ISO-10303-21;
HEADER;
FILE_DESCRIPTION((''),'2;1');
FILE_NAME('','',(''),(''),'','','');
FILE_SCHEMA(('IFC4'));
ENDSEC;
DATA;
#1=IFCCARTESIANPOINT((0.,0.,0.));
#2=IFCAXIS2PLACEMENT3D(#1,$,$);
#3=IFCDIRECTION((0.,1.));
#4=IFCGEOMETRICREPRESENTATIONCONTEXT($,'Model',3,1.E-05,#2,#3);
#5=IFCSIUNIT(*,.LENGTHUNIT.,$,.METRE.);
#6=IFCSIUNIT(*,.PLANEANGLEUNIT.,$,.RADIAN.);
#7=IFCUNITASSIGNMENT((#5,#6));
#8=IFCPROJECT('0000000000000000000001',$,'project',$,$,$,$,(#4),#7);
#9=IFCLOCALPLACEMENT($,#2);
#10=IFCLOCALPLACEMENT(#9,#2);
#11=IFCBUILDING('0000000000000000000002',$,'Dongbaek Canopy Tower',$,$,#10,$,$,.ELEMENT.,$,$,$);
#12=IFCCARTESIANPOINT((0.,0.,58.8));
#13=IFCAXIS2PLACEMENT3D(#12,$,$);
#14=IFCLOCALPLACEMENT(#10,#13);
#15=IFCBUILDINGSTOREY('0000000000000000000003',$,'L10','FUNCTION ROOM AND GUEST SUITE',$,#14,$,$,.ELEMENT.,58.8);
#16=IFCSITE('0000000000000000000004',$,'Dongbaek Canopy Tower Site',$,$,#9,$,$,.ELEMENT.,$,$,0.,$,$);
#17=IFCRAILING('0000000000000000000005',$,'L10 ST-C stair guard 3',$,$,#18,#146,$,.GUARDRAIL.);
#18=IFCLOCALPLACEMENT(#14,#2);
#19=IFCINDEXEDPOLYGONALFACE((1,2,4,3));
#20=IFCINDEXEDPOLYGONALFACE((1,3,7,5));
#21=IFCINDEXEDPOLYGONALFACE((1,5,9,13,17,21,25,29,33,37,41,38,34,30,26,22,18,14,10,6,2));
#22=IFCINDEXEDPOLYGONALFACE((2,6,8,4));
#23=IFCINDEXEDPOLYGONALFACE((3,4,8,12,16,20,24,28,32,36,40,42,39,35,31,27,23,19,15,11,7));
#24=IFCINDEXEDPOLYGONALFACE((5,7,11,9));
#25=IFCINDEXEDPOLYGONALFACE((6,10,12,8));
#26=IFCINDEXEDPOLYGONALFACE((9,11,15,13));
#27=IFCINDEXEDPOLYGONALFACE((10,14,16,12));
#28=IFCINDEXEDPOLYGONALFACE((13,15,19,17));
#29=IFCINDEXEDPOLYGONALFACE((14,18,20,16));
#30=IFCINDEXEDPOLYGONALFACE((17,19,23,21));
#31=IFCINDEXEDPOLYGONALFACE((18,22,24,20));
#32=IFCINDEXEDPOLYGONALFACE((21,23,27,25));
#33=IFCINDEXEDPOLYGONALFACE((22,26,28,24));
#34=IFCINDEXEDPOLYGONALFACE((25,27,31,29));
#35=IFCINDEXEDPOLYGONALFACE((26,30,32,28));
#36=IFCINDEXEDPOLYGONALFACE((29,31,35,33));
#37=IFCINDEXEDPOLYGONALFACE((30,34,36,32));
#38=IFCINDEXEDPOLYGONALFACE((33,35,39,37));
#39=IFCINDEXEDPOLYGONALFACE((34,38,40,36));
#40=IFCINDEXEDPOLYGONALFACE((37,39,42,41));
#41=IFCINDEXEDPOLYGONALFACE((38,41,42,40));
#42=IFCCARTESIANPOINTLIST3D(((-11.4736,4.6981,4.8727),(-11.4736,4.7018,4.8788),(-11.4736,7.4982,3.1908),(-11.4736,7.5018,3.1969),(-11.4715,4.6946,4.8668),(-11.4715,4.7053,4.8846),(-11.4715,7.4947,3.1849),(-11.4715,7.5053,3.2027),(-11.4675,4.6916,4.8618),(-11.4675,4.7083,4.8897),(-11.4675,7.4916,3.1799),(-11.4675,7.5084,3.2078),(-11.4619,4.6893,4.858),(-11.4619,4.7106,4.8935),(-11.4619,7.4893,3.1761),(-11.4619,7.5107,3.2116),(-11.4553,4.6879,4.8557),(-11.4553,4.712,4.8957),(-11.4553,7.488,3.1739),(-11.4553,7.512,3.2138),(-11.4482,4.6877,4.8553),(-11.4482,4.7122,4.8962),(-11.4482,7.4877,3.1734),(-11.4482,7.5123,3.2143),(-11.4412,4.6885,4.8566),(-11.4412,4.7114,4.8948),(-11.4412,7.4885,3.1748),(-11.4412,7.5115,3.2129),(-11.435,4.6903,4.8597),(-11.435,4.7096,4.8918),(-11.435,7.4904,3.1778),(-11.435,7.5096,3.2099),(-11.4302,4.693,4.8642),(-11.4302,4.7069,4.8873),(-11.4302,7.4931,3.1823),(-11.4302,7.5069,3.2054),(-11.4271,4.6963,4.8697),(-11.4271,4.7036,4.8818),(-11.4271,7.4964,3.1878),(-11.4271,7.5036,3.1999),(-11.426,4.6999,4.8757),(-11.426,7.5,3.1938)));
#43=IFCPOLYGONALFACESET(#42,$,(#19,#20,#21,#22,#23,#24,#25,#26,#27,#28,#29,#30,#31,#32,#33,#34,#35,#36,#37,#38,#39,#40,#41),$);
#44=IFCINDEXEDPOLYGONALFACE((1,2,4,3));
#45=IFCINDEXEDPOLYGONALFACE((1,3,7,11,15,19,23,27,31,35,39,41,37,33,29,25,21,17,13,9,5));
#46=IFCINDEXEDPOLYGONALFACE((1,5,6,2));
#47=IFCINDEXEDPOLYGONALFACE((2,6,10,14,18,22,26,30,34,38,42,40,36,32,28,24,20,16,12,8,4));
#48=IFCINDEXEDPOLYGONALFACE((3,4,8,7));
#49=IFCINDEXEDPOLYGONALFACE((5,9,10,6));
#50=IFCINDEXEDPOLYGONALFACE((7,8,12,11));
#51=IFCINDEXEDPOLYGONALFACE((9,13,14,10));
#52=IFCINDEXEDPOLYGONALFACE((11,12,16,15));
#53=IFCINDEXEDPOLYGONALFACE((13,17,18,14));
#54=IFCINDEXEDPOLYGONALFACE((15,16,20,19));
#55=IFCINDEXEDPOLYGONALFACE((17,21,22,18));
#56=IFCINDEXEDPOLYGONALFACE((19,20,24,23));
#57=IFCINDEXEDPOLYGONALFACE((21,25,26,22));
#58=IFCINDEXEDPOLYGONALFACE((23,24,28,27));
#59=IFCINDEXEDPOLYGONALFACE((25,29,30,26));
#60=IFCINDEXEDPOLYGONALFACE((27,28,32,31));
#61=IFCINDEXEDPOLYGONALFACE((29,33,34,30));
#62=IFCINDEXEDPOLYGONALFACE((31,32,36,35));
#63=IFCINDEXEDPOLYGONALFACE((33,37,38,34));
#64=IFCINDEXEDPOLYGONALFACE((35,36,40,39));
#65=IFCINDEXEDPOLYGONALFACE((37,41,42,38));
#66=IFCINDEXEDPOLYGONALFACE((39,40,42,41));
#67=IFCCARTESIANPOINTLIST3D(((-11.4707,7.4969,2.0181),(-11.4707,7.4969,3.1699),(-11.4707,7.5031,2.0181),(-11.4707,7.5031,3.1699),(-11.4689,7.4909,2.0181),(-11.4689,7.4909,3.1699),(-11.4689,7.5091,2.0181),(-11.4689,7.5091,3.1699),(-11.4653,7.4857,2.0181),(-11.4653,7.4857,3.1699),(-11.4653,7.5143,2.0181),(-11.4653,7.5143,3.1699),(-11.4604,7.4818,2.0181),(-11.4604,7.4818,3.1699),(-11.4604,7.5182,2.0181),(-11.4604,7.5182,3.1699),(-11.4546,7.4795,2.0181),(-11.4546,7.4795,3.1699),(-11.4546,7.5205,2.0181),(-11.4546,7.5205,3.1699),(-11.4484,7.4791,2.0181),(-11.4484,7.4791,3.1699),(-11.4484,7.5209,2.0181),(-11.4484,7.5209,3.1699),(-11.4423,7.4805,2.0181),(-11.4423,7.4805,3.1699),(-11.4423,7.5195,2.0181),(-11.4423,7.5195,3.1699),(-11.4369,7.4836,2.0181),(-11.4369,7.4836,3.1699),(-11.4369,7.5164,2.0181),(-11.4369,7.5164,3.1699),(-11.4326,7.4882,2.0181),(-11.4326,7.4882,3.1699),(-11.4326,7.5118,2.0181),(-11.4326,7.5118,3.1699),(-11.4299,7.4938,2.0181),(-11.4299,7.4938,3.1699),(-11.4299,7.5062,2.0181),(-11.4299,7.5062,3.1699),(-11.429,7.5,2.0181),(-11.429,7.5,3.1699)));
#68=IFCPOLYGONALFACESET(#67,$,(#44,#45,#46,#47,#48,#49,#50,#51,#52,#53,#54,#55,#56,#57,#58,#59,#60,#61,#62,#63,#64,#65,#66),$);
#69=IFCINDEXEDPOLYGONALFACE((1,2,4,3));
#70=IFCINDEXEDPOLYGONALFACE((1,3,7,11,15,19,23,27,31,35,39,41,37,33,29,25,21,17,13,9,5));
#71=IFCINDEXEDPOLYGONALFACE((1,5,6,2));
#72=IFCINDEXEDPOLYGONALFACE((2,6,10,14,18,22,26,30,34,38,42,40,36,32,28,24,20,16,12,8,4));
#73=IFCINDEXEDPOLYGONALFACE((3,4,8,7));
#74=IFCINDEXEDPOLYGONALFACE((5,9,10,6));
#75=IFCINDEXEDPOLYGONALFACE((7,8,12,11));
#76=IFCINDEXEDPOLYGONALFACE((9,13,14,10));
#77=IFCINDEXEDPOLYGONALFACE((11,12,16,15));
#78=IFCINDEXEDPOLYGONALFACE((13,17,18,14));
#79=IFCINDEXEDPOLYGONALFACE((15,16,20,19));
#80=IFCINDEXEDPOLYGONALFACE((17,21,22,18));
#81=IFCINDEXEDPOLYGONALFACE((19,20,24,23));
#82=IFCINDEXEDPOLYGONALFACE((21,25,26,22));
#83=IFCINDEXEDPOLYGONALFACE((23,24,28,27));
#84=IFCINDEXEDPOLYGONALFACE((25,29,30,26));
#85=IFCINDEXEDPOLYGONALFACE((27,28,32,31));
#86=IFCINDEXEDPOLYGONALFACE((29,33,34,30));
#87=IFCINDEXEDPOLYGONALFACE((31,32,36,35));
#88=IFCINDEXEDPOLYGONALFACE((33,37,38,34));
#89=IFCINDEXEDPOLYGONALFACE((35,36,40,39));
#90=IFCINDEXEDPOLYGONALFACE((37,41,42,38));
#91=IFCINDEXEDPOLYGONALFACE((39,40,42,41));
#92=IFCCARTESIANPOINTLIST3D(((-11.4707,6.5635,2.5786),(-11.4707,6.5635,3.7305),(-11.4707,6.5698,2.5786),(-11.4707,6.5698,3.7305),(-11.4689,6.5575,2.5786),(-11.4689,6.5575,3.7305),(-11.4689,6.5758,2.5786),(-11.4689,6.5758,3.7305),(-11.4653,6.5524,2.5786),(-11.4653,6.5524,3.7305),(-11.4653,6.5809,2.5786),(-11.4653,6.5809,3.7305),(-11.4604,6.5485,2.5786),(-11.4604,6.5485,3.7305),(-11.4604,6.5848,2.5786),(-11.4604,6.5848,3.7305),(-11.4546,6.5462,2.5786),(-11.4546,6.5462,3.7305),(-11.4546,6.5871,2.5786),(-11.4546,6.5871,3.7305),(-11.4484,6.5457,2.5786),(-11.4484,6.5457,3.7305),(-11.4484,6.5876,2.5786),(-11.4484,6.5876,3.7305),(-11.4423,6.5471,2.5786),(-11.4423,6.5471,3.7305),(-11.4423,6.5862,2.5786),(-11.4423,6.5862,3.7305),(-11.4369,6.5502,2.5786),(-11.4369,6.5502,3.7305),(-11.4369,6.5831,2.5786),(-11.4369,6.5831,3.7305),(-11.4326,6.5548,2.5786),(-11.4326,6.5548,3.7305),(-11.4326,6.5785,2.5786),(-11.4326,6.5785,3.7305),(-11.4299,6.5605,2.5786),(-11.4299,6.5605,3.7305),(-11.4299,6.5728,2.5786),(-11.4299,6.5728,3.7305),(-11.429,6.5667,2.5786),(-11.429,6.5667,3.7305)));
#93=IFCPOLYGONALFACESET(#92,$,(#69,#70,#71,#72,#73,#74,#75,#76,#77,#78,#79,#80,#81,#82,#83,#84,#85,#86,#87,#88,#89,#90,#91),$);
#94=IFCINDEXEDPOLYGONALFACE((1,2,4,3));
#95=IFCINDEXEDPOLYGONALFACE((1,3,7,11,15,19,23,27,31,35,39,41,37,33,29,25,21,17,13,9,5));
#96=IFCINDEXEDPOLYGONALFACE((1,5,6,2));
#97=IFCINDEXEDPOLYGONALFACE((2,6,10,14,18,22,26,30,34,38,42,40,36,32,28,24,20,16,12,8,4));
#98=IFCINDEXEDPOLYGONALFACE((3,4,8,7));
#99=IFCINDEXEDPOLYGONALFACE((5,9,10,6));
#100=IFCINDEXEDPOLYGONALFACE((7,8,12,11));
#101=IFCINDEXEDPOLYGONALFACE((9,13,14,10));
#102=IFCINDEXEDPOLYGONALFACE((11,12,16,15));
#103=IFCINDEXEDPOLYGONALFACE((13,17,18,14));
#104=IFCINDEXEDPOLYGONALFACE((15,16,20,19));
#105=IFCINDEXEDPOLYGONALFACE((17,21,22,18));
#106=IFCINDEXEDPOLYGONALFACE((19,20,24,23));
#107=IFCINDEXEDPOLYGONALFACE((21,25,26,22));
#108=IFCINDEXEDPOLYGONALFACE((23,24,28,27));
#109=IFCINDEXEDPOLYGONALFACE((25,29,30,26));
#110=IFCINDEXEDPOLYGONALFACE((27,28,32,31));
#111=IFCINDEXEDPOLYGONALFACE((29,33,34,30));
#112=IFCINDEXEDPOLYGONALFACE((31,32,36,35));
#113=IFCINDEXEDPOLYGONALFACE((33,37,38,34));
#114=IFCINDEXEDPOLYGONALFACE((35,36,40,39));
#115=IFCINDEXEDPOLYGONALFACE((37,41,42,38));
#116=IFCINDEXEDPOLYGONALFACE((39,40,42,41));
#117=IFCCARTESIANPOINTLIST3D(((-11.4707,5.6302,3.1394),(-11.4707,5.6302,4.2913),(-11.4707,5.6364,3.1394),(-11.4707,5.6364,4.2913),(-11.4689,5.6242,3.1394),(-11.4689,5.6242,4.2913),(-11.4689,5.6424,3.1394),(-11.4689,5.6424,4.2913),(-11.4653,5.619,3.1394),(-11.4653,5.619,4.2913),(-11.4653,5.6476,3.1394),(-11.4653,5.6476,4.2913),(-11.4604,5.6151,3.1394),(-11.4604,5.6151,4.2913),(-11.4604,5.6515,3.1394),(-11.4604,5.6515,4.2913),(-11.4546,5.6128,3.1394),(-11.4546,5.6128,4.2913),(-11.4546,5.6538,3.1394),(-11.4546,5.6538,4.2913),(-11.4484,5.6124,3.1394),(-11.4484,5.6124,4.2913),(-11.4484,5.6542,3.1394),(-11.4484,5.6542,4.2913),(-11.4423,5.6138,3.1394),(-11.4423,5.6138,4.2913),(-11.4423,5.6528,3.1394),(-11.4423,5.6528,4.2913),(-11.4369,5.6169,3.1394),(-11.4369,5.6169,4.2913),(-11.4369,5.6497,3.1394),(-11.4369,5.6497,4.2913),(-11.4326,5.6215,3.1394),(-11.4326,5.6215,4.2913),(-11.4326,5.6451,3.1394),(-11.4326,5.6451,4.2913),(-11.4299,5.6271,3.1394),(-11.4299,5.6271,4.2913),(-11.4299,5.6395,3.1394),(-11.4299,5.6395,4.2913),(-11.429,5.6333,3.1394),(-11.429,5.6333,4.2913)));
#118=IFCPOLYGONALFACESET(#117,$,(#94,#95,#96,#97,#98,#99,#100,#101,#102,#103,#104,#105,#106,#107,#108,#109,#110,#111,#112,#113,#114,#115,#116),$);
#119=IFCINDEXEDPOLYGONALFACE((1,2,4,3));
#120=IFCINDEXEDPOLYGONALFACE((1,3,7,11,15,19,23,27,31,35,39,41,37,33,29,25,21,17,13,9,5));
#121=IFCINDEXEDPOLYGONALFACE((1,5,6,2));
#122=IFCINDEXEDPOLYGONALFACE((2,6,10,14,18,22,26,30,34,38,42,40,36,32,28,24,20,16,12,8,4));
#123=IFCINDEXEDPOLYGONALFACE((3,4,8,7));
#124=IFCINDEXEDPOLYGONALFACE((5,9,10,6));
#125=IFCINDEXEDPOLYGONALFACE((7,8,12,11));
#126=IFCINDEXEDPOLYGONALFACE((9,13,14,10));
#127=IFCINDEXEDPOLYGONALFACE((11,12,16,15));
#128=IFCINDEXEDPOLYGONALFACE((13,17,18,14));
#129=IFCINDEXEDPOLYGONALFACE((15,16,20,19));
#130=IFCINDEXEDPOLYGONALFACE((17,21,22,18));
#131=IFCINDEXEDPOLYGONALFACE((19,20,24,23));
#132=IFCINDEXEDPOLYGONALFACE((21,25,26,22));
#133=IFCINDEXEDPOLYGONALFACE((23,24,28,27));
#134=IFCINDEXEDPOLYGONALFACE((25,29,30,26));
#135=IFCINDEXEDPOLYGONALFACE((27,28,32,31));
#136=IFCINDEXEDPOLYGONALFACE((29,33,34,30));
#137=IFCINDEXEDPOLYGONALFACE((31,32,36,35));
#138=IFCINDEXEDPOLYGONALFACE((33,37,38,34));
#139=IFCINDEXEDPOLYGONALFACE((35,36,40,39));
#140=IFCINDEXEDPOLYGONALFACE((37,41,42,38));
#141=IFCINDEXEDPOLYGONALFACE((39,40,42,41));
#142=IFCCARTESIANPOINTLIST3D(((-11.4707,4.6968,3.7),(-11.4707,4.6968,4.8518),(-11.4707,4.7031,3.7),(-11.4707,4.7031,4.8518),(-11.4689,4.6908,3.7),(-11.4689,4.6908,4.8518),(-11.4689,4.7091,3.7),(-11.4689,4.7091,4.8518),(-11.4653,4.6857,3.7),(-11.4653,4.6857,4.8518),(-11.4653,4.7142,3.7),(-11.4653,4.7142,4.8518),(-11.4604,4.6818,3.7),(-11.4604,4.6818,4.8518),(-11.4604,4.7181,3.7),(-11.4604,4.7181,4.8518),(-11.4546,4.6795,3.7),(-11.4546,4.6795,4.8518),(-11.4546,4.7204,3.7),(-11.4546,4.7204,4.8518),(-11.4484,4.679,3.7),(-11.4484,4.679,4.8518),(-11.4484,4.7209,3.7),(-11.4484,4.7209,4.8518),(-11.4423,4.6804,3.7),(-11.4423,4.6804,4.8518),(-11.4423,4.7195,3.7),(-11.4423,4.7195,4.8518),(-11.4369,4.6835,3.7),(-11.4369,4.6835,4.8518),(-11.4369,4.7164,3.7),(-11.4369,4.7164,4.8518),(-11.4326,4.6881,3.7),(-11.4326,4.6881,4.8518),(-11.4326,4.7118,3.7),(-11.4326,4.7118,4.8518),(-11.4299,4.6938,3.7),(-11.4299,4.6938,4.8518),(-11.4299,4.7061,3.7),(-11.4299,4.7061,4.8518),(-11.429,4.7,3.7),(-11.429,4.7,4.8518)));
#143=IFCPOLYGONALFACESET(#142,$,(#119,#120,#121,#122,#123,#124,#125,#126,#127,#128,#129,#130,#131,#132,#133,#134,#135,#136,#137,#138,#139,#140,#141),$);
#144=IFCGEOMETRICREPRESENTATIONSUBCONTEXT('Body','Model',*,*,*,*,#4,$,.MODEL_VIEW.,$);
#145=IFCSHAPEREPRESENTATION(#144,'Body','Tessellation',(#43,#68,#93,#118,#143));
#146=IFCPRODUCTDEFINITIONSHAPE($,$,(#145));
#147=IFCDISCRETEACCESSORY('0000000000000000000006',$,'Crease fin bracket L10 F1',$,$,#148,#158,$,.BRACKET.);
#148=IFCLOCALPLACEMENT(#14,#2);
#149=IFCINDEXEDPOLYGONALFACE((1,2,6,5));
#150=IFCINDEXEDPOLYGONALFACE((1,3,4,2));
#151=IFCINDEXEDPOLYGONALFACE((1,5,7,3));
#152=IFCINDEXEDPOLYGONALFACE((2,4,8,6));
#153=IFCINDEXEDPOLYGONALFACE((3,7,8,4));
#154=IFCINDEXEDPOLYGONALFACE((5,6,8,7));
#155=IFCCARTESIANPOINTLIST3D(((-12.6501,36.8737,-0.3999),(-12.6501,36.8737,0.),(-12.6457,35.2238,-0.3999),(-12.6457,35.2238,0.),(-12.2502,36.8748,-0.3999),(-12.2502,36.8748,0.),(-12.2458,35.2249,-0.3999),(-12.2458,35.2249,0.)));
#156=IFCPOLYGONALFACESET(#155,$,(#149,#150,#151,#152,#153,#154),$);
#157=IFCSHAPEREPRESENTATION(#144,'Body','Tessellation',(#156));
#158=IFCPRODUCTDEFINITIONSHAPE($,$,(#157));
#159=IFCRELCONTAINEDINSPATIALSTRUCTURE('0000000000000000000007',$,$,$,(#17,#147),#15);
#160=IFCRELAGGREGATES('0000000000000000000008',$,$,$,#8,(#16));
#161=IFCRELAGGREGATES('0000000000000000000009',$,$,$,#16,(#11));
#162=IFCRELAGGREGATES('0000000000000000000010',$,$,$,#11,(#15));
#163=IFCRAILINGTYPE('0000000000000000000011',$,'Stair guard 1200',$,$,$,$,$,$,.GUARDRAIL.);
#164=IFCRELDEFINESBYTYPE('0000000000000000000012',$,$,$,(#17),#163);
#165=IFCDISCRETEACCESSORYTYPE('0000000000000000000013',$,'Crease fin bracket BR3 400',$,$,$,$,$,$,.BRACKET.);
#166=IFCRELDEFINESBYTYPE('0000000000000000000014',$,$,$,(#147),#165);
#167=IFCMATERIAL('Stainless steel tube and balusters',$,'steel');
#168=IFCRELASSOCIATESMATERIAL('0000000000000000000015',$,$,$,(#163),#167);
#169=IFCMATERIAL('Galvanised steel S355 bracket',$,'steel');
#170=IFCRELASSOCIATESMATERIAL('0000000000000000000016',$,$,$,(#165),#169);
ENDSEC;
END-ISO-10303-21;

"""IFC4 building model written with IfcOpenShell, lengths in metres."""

from ifc_helpers import new_model, si_unit, direction, frame, origin, origin_2d, place, context, subcontext, project, spatial, rectangle, circle, extrude, material, type_object, element, save


model = new_model("IFC4")

# Units and contexts
model_context = context("Model", 3, precision=1e-05, world=origin(), true_north=direction((0.0, 1.0)))
body_context = subcontext(model_context, "Body", "Model", "MODEL_VIEW")
ifc_project = project(units=[si_unit("LENGTHUNIT", "METRE"), si_unit("PLANEANGLEUNIT", "RADIAN")], contexts=[model_context])

# Site, building, storey
site_placement = place(None, origin())
site = spatial("IfcSite", under=ifc_project, at=site_placement, Name="Dongbaek Canopy Tower Site", CompositionType="ELEMENT", RefElevation=0.0)
building_placement = place(site_placement, origin())
building = spatial("IfcBuilding", under=site, at=building_placement, Name="Dongbaek Canopy Tower", CompositionType="ELEMENT")
storey_placement = place(building_placement, frame((0.0, 0.0, 58.8)))
storey = spatial("IfcBuildingStorey", under=building, at=storey_placement, Name="L10", Description="FUNCTION ROOM AND GUEST SUITE", CompositionType="ELEMENT", Elevation=58.8)

# Railing
ifc_material_1 = material(Name="Stainless steel tube and balusters", Category="steel")
railing_type = type_object("IfcRailingType", Name="Stair guard 1200", PredefinedType="GUARDRAIL", material=ifc_material_1)
railing_1_placement = place(storey_placement, frame((-11.45, 7.5, 2.0181)))
element("IfcRailing", 1, at=railing_1_placement, inside=storey, type_object=railing_type, Name="L10 ST-C stair guard 3", PredefinedType="GUARDRAIL", context=body_context, shape_type="SweptSolid", body=[
    extrude(circle(Radius=0.0239, at=origin_2d()), frame((0.0, 0.0, 1.1758), z_axis=(0.0, -0.857242, 0.514913), x_axis=(1.0, 0.0, 0.0)), (0.0, 0.0, 1.0), 3.2664),
    extrude(circle(Radius=0.021, at=origin_2d()), origin(), (0.0, 0.0, 1.0), 1.1519),
    extrude(circle(Radius=0.021, at=origin_2d()), frame((0.0, -0.9333, 0.5605)), (0.0, 0.0, 1.0), 1.1519),
    extrude(circle(Radius=0.021, at=origin_2d()), frame((0.0, -1.8667, 1.1213)), (0.0, 0.0, 1.0), 1.1519),
    extrude(circle(Radius=0.021, at=origin_2d()), frame((0.0, -2.8, 1.6819)), (0.0, 0.0, 1.0), 1.1519),
])

# Discrete accessory
ifc_material_2 = material(Name="Galvanised steel S355 bracket", Category="steel")
discrete_accessory_type = type_object("IfcDiscreteAccessoryType", Name="Crease fin bracket BR3 400", PredefinedType="BRACKET", material=ifc_material_2)
discrete_accessory_placement = place(storey_placement, frame((-12.448, 36.0493, -0.3999), z_axis=(0.0, 0.0, 1.0), x_axis=(-0.002665, 0.999996, 0.0)))
element("IfcDiscreteAccessory", 2, at=discrete_accessory_placement, inside=storey, type_object=discrete_accessory_type, Name="Crease fin bracket L10 F1", PredefinedType="BRACKET", context=body_context, shape_type="SweptSolid", body=[
    extrude(rectangle(XDim=1.6499, YDim=0.3999, at=origin_2d()), origin(), (0.0, 0.0, 1.0), 0.3999),
])

save(model, "model.ifc")
